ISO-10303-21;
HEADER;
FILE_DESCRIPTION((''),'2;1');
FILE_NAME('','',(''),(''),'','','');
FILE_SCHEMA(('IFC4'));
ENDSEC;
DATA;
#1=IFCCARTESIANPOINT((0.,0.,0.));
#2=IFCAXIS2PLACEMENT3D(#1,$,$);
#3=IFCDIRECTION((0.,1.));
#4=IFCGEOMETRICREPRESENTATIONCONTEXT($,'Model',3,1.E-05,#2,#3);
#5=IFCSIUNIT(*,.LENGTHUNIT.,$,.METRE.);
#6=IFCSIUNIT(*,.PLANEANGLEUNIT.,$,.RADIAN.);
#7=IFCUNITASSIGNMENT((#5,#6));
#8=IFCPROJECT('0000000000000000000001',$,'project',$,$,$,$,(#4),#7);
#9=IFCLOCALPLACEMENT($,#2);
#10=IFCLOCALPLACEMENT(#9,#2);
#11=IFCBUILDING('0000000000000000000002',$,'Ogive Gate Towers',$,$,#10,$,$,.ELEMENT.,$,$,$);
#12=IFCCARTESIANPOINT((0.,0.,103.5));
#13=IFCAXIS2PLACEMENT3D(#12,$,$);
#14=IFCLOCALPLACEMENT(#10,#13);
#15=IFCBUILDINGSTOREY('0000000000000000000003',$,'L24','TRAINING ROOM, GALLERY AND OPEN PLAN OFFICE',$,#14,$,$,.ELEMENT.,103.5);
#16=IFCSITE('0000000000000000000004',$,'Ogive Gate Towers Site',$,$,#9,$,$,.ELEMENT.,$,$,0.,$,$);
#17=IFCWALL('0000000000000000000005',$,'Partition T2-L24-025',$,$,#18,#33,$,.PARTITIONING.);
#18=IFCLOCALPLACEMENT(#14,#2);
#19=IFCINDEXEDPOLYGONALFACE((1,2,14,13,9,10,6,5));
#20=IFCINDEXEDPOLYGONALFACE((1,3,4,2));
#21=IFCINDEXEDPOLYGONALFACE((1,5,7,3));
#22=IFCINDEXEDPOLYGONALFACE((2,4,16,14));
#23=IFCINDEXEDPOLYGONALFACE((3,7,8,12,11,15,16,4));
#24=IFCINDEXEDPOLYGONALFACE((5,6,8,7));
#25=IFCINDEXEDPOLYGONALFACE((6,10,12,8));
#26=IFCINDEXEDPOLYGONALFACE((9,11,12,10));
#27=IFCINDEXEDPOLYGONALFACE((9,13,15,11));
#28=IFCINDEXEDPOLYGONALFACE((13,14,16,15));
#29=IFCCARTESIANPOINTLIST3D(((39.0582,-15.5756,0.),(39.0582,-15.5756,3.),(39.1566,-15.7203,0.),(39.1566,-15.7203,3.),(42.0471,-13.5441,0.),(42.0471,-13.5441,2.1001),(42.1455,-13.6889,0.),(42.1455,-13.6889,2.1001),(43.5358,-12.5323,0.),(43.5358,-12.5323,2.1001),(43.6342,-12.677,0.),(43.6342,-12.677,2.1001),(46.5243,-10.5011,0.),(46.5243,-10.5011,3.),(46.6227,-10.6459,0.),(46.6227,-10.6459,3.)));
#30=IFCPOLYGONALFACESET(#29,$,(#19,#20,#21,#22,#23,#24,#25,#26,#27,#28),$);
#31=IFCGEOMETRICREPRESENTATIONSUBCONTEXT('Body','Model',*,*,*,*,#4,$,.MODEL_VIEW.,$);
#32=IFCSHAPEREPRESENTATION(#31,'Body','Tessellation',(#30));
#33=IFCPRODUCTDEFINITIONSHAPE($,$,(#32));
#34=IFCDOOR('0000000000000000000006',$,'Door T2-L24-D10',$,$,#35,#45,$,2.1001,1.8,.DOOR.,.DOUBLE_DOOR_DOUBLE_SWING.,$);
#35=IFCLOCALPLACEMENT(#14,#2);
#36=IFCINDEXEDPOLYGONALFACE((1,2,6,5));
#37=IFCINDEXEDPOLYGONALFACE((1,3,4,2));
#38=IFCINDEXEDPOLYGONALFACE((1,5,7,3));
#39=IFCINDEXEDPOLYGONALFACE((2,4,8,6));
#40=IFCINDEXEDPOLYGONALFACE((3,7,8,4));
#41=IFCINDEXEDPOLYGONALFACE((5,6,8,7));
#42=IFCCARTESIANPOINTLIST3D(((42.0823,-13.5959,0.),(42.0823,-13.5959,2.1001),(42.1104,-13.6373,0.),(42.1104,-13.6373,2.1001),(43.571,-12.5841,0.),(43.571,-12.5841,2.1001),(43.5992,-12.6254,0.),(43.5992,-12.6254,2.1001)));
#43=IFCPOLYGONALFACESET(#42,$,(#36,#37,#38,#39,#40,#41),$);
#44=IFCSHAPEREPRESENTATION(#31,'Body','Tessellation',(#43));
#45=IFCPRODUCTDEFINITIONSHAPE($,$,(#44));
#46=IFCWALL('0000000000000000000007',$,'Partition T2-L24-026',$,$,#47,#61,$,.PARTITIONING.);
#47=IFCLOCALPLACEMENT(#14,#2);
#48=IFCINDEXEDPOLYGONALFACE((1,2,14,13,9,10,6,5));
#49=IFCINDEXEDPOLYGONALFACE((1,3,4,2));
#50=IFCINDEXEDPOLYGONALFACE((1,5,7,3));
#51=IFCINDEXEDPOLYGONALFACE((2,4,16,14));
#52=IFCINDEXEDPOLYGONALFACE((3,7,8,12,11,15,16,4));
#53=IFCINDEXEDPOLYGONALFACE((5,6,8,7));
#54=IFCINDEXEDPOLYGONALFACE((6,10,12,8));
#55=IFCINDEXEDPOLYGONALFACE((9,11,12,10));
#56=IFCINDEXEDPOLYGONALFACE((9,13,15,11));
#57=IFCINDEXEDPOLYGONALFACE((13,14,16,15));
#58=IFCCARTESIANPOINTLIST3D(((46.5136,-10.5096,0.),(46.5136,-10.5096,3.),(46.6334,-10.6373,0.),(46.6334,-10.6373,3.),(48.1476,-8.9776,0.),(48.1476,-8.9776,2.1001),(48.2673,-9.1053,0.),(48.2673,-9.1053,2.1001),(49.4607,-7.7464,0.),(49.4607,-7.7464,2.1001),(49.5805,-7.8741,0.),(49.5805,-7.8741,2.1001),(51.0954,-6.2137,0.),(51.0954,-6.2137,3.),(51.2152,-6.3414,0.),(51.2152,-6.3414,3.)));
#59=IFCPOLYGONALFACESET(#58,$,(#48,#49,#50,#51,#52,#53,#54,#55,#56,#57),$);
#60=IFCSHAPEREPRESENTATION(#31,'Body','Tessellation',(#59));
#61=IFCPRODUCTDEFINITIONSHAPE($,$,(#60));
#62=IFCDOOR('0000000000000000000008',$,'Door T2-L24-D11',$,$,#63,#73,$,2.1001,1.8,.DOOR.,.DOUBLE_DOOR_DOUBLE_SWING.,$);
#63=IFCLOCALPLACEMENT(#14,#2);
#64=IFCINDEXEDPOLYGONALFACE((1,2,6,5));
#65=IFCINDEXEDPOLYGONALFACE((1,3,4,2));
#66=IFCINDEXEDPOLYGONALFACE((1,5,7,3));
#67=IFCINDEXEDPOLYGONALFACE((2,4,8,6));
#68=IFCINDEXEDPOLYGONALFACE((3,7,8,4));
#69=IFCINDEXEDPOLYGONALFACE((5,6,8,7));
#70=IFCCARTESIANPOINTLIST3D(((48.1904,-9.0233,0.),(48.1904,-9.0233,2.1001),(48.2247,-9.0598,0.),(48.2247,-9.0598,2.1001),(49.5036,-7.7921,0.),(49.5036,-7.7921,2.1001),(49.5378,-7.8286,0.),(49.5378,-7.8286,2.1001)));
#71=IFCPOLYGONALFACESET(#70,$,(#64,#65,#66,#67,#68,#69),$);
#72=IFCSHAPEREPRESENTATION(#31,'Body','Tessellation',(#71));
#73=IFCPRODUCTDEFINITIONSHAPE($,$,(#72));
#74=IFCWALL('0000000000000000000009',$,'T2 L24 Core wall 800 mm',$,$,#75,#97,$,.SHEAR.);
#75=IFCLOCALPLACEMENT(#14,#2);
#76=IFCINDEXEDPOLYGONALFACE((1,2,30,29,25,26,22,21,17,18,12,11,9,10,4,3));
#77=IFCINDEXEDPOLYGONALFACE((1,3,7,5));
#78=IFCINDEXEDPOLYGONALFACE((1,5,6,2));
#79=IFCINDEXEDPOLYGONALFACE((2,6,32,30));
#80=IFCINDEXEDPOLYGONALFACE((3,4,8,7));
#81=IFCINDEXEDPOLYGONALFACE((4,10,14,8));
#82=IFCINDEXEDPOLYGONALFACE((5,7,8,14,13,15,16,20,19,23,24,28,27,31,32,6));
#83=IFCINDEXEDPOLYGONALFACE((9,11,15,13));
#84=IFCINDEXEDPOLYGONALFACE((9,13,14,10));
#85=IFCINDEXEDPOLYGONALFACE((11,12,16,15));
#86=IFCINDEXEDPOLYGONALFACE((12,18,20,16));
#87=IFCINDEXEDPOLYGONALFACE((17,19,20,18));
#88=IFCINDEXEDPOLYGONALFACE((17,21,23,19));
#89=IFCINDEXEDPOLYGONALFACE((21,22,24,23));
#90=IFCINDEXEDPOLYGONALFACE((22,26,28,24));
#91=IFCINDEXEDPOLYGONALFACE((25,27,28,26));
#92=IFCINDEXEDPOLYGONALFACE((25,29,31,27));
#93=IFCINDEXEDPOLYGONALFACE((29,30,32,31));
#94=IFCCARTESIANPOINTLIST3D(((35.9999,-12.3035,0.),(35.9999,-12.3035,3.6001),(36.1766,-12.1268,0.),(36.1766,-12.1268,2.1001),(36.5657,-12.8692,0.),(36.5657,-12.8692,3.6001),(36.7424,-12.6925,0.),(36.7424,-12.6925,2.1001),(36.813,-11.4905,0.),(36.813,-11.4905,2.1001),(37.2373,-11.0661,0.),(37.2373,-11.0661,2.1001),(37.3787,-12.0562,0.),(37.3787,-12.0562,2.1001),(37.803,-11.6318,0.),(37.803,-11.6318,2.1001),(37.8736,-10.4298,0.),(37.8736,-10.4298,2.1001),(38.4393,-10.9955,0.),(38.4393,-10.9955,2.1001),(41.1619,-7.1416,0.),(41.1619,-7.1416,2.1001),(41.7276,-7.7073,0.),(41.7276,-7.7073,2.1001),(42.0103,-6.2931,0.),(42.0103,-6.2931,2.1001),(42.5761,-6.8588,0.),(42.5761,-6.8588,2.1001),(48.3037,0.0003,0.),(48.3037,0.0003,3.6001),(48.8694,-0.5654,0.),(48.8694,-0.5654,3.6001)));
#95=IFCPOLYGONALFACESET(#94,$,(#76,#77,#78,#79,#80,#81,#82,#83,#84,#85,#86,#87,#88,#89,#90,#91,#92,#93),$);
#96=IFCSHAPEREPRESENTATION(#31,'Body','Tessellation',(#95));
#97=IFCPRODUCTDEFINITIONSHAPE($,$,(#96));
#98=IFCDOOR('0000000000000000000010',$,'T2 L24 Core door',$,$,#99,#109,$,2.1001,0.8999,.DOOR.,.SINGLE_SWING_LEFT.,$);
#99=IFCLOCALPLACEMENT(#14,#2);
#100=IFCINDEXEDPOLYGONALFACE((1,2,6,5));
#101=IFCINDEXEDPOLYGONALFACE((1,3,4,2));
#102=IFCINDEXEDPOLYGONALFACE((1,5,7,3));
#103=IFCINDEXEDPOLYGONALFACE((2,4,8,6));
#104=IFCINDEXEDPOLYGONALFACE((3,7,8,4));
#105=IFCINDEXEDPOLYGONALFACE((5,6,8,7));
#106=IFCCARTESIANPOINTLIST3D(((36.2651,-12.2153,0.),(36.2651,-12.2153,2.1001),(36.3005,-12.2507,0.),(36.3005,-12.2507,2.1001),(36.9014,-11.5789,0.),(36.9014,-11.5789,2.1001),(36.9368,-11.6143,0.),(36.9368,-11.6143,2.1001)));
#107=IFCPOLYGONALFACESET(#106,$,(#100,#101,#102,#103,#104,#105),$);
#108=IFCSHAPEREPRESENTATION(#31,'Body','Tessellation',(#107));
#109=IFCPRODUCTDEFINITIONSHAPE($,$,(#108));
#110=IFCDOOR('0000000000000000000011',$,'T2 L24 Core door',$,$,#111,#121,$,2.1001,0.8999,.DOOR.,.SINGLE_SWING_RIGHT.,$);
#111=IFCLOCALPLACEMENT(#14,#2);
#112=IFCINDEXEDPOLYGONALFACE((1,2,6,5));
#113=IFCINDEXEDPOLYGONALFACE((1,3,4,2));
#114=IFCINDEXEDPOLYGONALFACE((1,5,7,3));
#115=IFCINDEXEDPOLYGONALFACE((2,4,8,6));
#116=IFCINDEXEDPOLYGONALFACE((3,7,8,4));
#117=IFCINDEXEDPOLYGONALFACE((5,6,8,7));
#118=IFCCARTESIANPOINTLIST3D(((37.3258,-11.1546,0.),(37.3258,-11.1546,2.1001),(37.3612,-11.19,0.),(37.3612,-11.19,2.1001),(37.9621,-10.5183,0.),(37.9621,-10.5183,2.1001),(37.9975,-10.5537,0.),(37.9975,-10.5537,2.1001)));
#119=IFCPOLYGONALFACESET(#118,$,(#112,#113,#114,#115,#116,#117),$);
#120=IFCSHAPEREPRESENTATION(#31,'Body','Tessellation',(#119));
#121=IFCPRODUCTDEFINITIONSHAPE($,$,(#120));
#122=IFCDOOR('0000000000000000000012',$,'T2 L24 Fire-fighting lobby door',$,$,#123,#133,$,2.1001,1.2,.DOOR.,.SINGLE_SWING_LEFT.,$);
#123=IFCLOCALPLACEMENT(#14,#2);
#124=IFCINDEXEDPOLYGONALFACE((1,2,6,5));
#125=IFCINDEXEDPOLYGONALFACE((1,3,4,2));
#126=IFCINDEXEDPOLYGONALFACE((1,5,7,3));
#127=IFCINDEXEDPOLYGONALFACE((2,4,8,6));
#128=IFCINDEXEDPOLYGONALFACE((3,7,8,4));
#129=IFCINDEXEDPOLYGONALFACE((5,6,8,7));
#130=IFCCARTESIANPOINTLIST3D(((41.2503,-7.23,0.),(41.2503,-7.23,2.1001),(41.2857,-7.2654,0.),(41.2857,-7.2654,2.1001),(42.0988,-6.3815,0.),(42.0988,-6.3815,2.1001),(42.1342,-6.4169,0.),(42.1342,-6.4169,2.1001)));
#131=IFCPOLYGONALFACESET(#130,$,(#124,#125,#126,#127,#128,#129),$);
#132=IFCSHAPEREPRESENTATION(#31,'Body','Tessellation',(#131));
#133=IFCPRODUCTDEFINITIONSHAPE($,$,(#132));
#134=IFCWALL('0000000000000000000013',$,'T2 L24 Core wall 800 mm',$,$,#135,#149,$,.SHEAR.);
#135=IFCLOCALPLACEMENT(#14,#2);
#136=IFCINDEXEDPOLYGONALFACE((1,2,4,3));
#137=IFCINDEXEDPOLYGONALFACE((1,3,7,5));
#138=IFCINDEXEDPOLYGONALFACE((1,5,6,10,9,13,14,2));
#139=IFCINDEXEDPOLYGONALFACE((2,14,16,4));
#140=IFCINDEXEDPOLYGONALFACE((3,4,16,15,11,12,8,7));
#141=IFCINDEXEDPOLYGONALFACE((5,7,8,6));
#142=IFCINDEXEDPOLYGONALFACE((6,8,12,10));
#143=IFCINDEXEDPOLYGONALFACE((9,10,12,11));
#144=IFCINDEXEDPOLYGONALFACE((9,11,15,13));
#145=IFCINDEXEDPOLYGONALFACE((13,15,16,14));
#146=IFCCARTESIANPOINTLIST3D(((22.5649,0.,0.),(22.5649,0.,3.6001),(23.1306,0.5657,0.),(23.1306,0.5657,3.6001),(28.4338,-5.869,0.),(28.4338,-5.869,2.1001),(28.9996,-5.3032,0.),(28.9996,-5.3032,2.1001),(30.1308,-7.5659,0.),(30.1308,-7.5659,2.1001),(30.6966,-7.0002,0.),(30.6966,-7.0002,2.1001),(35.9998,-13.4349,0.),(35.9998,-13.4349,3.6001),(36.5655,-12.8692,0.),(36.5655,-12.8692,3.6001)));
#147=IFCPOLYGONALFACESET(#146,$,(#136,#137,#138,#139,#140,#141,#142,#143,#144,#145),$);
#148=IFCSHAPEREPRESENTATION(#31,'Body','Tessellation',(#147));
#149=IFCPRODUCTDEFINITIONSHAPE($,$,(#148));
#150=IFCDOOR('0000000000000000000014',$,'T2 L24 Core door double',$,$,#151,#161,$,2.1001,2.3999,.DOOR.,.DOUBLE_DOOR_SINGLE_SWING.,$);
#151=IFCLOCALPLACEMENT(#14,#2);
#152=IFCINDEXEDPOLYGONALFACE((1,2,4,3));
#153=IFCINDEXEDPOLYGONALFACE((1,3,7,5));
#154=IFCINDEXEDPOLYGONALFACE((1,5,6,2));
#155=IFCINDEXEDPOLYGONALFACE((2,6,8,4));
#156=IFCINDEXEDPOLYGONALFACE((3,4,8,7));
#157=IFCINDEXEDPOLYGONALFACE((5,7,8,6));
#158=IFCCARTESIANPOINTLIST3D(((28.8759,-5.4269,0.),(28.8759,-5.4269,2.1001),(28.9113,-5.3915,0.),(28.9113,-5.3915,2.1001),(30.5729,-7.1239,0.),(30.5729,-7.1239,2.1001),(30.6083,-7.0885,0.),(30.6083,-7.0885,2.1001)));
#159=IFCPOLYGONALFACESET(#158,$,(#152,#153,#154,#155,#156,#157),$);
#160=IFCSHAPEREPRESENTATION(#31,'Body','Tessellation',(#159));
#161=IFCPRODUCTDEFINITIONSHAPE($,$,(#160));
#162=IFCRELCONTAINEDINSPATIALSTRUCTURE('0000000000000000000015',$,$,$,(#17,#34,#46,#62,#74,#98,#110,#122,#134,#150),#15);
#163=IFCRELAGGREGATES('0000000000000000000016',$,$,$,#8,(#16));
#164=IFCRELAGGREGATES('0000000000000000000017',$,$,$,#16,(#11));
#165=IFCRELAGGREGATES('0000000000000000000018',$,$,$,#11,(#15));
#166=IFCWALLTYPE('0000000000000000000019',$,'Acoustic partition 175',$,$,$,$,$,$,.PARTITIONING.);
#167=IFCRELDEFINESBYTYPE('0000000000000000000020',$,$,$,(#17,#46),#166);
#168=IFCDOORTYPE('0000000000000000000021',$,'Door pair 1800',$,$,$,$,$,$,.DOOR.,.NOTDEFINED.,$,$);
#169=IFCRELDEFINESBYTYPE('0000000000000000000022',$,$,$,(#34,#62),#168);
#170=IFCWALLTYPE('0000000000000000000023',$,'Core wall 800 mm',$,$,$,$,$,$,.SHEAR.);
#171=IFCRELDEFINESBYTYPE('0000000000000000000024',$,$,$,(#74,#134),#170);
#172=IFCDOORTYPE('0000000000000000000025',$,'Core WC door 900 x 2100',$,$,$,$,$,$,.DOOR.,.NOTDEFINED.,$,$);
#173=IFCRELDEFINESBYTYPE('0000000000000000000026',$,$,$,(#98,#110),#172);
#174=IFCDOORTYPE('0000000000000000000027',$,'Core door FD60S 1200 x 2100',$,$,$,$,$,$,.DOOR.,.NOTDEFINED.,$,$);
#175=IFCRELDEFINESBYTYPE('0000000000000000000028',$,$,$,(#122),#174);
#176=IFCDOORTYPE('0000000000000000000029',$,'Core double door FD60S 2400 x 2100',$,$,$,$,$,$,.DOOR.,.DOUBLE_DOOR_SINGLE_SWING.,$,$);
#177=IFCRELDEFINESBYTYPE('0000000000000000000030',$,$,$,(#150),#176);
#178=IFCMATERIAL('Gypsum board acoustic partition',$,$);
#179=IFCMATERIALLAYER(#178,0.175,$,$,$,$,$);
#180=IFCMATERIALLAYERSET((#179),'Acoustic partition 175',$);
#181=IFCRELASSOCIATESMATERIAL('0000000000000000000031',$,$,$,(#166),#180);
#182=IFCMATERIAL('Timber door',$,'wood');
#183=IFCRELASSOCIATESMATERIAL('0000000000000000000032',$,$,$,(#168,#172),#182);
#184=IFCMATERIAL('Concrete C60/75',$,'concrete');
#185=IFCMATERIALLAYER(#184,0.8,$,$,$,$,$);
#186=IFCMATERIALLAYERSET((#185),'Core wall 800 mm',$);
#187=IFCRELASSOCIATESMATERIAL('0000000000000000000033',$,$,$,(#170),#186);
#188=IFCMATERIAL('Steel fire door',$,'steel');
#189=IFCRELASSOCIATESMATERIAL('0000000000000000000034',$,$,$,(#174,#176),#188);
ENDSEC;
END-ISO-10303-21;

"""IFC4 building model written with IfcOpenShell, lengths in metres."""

from ifc_helpers import new_model, si_unit, direction, frame, frame_2d, origin, place, context, subcontext, project, spatial, rectangle, extrude, material, layer, layer_set, type_object, element, fill, save


model = new_model("IFC4")

# Units and contexts
model_context = context("Model", 3, precision=1e-05, world=origin(), true_north=direction((0.0, 1.0)))
body_context = subcontext(model_context, "Body", "Model", "MODEL_VIEW")
ifc_project = project(units=[si_unit("LENGTHUNIT", "METRE"), si_unit("PLANEANGLEUNIT", "RADIAN")], contexts=[model_context])

# Site, building, storey
site_placement = place(None, origin())
site = spatial("IfcSite", under=ifc_project, at=site_placement, Name="Ogive Gate Towers Site", CompositionType="ELEMENT", RefElevation=0.0)
building_placement = place(site_placement, origin())
building = spatial("IfcBuilding", under=site, at=building_placement, Name="Ogive Gate Towers", CompositionType="ELEMENT")
storey_placement = place(building_placement, frame((0.0, 0.0, 103.5)))
storey = spatial("IfcBuildingStorey", under=building, at=storey_placement, Name="L24", Description="TRAINING ROOM, GALLERY AND OPEN PLAN OFFICE", CompositionType="ELEMENT", Elevation=103.5)

# Shared definitions
ifc_material_1 = material(Name="Gypsum board acoustic partition")
ifc_layer_1 = layer(ifc_material_1, 0.175)
ifc_layer_set_1 = layer_set([ifc_layer_1], Name="Acoustic partition 175")
wall_type_1 = type_object("IfcWallType", Name="Acoustic partition 175", PredefinedType="PARTITIONING", material=ifc_layer_set_1)

# Walls, openings, doors
wall_1_placement = place(storey_placement, frame((39.1074, -15.6479, 0.0), z_axis=(0.0, 0.0, 1.0), x_axis=(0.827053, 0.562124, 0.0)))
wall_1 = element("IfcWall", 1, at=wall_1_placement, inside=storey, type_object=wall_type_1, Name="Partition T2-L24-025", PredefinedType="PARTITIONING", context=body_context, shape_type="SweptSolid", body=[
    extrude(rectangle(XDim=9.0273, YDim=0.175, at=frame_2d((4.5137, 0.0))), origin(), (0.0, 0.0, 1.0), 3.0),
])
opening_1_placement = place(wall_1_placement, frame((3.614, 0.0, 0.0)))
opening_1 = element("IfcOpeningElement", 2, at=opening_1_placement, cuts=wall_1, PredefinedType="OPENING", context=body_context, shape_type="SweptSolid", body=[
    extrude(rectangle(XDim=1.8, YDim=2.1001, at=frame_2d((0.8999, 1.05))), frame((0.0, 0.0977, 0.0), z_axis=(0.0, -1.0, 0.0), x_axis=(1.0, 0.0, 0.0)), (0.0, 0.0, 1.0), 0.1951),
])
ifc_material_2 = material(Name="Timber door", Category="wood")
door_type_1 = type_object("IfcDoorType", Name="Door pair 1800", OperationType="NOTDEFINED", PredefinedType="DOOR", material=ifc_material_2)
door_1_placement = place(opening_1_placement, origin())
door_1 = element("IfcDoor", 3, at=door_1_placement, inside=storey, type_object=door_type_1, Name="Door T2-L24-D10", OperationType="DOUBLE_DOOR_DOUBLE_SWING", OverallHeight=2.1001, OverallWidth=1.8, PredefinedType="DOOR", context=body_context, shape_type="SweptSolid", body=[
    extrude(rectangle(XDim=1.8, YDim=2.1001, at=frame_2d((0.8999, 1.05))), frame((0.0, 0.0249, 0.0), z_axis=(0.0, -1.0, 0.0), x_axis=(1.0, 0.0, 0.0)), (0.0, 0.0, 1.0), 0.05),
])
fill(opening_1, door_1)
wall_2_placement = place(storey_placement, frame((46.5735, -10.5735, 0.0), z_axis=(0.0, 0.0, 1.0), x_axis=(0.7295, 0.683981, 0.0)))
wall_2 = element("IfcWall", 4, at=wall_2_placement, inside=storey, type_object=wall_type_1, Name="Partition T2-L24-026", PredefinedType="PARTITIONING", context=body_context, shape_type="SweptSolid", body=[
    extrude(rectangle(XDim=6.2808, YDim=0.175, at=frame_2d((3.1404, 0.0))), origin(), (0.0, 0.0, 1.0), 3.0),
])
opening_2_placement = place(wall_2_placement, frame((2.24, 0.0, 0.0)))
opening_2 = element("IfcOpeningElement", 5, at=opening_2_placement, cuts=wall_2, PredefinedType="OPENING", context=body_context, shape_type="SweptSolid", body=[
    extrude(rectangle(XDim=1.8, YDim=2.1001, at=frame_2d((0.8999, 1.05))), frame((0.0, 0.0977, 0.0), z_axis=(0.0, -1.0, 0.0), x_axis=(1.0, 0.0, 0.0)), (0.0, 0.0, 1.0), 0.1951),
])
door_2_placement = place(opening_2_placement, origin())
door_2 = element("IfcDoor", 6, at=door_2_placement, inside=storey, type_object=door_type_1, Name="Door T2-L24-D11", OperationType="DOUBLE_DOOR_DOUBLE_SWING", OverallHeight=2.1001, OverallWidth=1.8, PredefinedType="DOOR", context=body_context, shape_type="SweptSolid", body=[
    extrude(rectangle(XDim=1.8, YDim=2.1001, at=frame_2d((0.8999, 1.05))), frame((0.0, 0.0249, 0.0), z_axis=(0.0, -1.0, 0.0), x_axis=(1.0, 0.0, 0.0)), (0.0, 0.0, 1.0), 0.05),
])
fill(opening_2, door_2)

# Wall, openings, doors
ifc_material_3 = material(Name="Concrete C60/75", Category="concrete")
ifc_layer_2 = layer(ifc_material_3, 0.8)
ifc_layer_set_2 = layer_set([ifc_layer_2], Name="Core wall 800 mm")
wall_type_2 = type_object("IfcWallType", Name="Core wall 800 mm", PredefinedType="SHEAR", material=ifc_layer_set_2)
wall_3_placement = place(storey_placement, frame((36.2827, -12.5864, 0.0), z_axis=(0.0, 0.0, 1.0), x_axis=(0.707107, 0.707107, 0.0)))
wall_3 = element("IfcWall", 7, at=wall_3_placement, inside=storey, type_object=wall_type_2, Name="T2 L24 Core wall 800 mm", PredefinedType="SHEAR", context=body_context, shape_type="SweptSolid", body=[
    extrude(rectangle(XDim=17.4001, YDim=0.8, at=frame_2d((8.7002, 0.0))), origin(), (0.0, 0.0, 1.0), 3.6001),
])
opening_3_placement = place(wall_3_placement, frame((7.3, 0.0, 0.0)))
opening_3 = element("IfcOpeningElement", 8, at=opening_3_placement, cuts=wall_3, PredefinedType="OPENING", context=body_context, shape_type="SweptSolid", body=[
    extrude(rectangle(XDim=1.2, YDim=2.1001, at=frame_2d((0.6001, 1.05))), frame((0.0, 0.4102, 0.0), z_axis=(0.0, -1.0, 0.0), x_axis=(1.0, 0.0, 0.0)), (0.0, 0.0, 1.0), 0.8201),
])
opening_4_placement = place(wall_3_placement, frame((0.25, 0.0, 0.0)))
opening_4 = element("IfcOpeningElement", 9, at=opening_4_placement, cuts=wall_3, PredefinedType="OPENING", context=body_context, shape_type="SweptSolid", body=[
    extrude(rectangle(XDim=0.8999, YDim=2.1001, at=frame_2d((0.45, 1.05))), frame((0.0, 0.4102, 0.0), z_axis=(0.0, -1.0, 0.0), x_axis=(1.0, 0.0, 0.0)), (0.0, 0.0, 1.0), 0.8201),
])
opening_5_placement = place(wall_3_placement, frame((1.75, 0.0, 0.0)))
opening_5 = element("IfcOpeningElement", 10, at=opening_5_placement, cuts=wall_3, PredefinedType="OPENING", context=body_context, shape_type="SweptSolid", body=[
    extrude(rectangle(XDim=0.8999, YDim=2.1001, at=frame_2d((0.45, 1.05))), frame((0.0, 0.4102, 0.0), z_axis=(0.0, -1.0, 0.0), x_axis=(1.0, 0.0, 0.0)), (0.0, 0.0, 1.0), 0.8201),
])
door_type_2 = type_object("IfcDoorType", Name="Core WC door 900 x 2100", OperationType="NOTDEFINED", PredefinedType="DOOR", material=ifc_material_2)
door_3_placement = place(opening_4_placement, origin())
door_3 = element("IfcDoor", 11, at=door_3_placement, inside=storey, type_object=door_type_2, Name="T2 L24 Core door", OperationType="SINGLE_SWING_LEFT", OverallHeight=2.1001, OverallWidth=0.8999, PredefinedType="DOOR", context=body_context, shape_type="SweptSolid", body=[
    extrude(rectangle(XDim=0.8999, YDim=2.1001, at=frame_2d((0.45, 1.05))), frame((0.0, 0.2749, 0.0), z_axis=(0.0, -1.0, 0.0), x_axis=(1.0, 0.0, 0.0)), (0.0, 0.0, 1.0), 0.05),
])
fill(opening_4, door_3)
door_4_placement = place(opening_5_placement, origin())
door_4 = element("IfcDoor", 12, at=door_4_placement, inside=storey, type_object=door_type_2, Name="T2 L24 Core door", OperationType="SINGLE_SWING_RIGHT", OverallHeight=2.1001, OverallWidth=0.8999, PredefinedType="DOOR", context=body_context, shape_type="SweptSolid", body=[
    extrude(rectangle(XDim=0.8999, YDim=2.1001, at=frame_2d((0.45, 1.05))), frame((0.0, 0.2749, 0.0), z_axis=(0.0, -1.0, 0.0), x_axis=(1.0, 0.0, 0.0)), (0.0, 0.0, 1.0), 0.05),
])
fill(opening_5, door_4)
ifc_material_4 = material(Name="Steel fire door", Category="steel")
door_type_3 = type_object("IfcDoorType", Name="Core door FD60S 1200 x 2100", OperationType="NOTDEFINED", PredefinedType="DOOR", material=ifc_material_4)
door_5_placement = place(opening_3_placement, origin())
door_5 = element("IfcDoor", 13, at=door_5_placement, inside=storey, type_object=door_type_3, Name="T2 L24 Fire-fighting lobby door", OperationType="SINGLE_SWING_LEFT", OverallHeight=2.1001, OverallWidth=1.2, PredefinedType="DOOR", context=body_context, shape_type="SweptSolid", body=[
    extrude(rectangle(XDim=1.2, YDim=2.1001, at=frame_2d((0.6001, 1.05))), frame((0.0, 0.2749, 0.0), z_axis=(0.0, -1.0, 0.0), x_axis=(1.0, 0.0, 0.0)), (0.0, 0.0, 1.0), 0.05),
])
fill(opening_3, door_5)

# Wall, opening, door
wall_4_placement = place(storey_placement, frame((36.2827, -13.1521, 0.0), z_axis=(0.0, 0.0, 1.0), x_axis=(-0.707107, 0.707107, 0.0)))
wall_4 = element("IfcWall", 14, at=wall_4_placement, inside=storey, type_object=wall_type_2, Name="T2 L24 Core wall 800 mm", PredefinedType="SHEAR", context=body_context, shape_type="SweptSolid", body=[
    extrude(rectangle(XDim=18.9998, YDim=0.8, at=frame_2d((9.5, 0.0))), origin(), (0.0, 0.0, 1.0), 3.6001),
])
opening_6_placement = place(wall_4_placement, frame((8.3, 0.0, 0.0)))
opening_6 = element("IfcOpeningElement", 15, at=opening_6_placement, cuts=wall_4, PredefinedType="OPENING", context=body_context, shape_type="SweptSolid", body=[
    extrude(rectangle(XDim=2.3999, YDim=2.1001, at=frame_2d((1.2, 1.05))), frame((0.0, 0.4102, 0.0), z_axis=(0.0, -1.0, 0.0), x_axis=(1.0, 0.0, 0.0)), (0.0, 0.0, 1.0), 0.8201),
])
door_type_4 = type_object("IfcDoorType", Name="Core double door FD60S 2400 x 2100", OperationType="DOUBLE_DOOR_SINGLE_SWING", PredefinedType="DOOR", material=ifc_material_4)
door_6_placement = place(opening_6_placement, origin())
door_6 = element("IfcDoor", 16, at=door_6_placement, inside=storey, type_object=door_type_4, Name="T2 L24 Core door double", OperationType="DOUBLE_DOOR_SINGLE_SWING", OverallHeight=2.1001, OverallWidth=2.3999, PredefinedType="DOOR", context=body_context, shape_type="SweptSolid", body=[
    extrude(rectangle(XDim=2.3999, YDim=2.1001, at=frame_2d((1.2, 1.05))), frame((0.0, -0.2251, 0.0), z_axis=(0.0, -1.0, 0.0), x_axis=(1.0, 0.0, 0.0)), (0.0, 0.0, 1.0), 0.05),
])
fill(opening_6, door_6)

save(model, "model.ifc")
